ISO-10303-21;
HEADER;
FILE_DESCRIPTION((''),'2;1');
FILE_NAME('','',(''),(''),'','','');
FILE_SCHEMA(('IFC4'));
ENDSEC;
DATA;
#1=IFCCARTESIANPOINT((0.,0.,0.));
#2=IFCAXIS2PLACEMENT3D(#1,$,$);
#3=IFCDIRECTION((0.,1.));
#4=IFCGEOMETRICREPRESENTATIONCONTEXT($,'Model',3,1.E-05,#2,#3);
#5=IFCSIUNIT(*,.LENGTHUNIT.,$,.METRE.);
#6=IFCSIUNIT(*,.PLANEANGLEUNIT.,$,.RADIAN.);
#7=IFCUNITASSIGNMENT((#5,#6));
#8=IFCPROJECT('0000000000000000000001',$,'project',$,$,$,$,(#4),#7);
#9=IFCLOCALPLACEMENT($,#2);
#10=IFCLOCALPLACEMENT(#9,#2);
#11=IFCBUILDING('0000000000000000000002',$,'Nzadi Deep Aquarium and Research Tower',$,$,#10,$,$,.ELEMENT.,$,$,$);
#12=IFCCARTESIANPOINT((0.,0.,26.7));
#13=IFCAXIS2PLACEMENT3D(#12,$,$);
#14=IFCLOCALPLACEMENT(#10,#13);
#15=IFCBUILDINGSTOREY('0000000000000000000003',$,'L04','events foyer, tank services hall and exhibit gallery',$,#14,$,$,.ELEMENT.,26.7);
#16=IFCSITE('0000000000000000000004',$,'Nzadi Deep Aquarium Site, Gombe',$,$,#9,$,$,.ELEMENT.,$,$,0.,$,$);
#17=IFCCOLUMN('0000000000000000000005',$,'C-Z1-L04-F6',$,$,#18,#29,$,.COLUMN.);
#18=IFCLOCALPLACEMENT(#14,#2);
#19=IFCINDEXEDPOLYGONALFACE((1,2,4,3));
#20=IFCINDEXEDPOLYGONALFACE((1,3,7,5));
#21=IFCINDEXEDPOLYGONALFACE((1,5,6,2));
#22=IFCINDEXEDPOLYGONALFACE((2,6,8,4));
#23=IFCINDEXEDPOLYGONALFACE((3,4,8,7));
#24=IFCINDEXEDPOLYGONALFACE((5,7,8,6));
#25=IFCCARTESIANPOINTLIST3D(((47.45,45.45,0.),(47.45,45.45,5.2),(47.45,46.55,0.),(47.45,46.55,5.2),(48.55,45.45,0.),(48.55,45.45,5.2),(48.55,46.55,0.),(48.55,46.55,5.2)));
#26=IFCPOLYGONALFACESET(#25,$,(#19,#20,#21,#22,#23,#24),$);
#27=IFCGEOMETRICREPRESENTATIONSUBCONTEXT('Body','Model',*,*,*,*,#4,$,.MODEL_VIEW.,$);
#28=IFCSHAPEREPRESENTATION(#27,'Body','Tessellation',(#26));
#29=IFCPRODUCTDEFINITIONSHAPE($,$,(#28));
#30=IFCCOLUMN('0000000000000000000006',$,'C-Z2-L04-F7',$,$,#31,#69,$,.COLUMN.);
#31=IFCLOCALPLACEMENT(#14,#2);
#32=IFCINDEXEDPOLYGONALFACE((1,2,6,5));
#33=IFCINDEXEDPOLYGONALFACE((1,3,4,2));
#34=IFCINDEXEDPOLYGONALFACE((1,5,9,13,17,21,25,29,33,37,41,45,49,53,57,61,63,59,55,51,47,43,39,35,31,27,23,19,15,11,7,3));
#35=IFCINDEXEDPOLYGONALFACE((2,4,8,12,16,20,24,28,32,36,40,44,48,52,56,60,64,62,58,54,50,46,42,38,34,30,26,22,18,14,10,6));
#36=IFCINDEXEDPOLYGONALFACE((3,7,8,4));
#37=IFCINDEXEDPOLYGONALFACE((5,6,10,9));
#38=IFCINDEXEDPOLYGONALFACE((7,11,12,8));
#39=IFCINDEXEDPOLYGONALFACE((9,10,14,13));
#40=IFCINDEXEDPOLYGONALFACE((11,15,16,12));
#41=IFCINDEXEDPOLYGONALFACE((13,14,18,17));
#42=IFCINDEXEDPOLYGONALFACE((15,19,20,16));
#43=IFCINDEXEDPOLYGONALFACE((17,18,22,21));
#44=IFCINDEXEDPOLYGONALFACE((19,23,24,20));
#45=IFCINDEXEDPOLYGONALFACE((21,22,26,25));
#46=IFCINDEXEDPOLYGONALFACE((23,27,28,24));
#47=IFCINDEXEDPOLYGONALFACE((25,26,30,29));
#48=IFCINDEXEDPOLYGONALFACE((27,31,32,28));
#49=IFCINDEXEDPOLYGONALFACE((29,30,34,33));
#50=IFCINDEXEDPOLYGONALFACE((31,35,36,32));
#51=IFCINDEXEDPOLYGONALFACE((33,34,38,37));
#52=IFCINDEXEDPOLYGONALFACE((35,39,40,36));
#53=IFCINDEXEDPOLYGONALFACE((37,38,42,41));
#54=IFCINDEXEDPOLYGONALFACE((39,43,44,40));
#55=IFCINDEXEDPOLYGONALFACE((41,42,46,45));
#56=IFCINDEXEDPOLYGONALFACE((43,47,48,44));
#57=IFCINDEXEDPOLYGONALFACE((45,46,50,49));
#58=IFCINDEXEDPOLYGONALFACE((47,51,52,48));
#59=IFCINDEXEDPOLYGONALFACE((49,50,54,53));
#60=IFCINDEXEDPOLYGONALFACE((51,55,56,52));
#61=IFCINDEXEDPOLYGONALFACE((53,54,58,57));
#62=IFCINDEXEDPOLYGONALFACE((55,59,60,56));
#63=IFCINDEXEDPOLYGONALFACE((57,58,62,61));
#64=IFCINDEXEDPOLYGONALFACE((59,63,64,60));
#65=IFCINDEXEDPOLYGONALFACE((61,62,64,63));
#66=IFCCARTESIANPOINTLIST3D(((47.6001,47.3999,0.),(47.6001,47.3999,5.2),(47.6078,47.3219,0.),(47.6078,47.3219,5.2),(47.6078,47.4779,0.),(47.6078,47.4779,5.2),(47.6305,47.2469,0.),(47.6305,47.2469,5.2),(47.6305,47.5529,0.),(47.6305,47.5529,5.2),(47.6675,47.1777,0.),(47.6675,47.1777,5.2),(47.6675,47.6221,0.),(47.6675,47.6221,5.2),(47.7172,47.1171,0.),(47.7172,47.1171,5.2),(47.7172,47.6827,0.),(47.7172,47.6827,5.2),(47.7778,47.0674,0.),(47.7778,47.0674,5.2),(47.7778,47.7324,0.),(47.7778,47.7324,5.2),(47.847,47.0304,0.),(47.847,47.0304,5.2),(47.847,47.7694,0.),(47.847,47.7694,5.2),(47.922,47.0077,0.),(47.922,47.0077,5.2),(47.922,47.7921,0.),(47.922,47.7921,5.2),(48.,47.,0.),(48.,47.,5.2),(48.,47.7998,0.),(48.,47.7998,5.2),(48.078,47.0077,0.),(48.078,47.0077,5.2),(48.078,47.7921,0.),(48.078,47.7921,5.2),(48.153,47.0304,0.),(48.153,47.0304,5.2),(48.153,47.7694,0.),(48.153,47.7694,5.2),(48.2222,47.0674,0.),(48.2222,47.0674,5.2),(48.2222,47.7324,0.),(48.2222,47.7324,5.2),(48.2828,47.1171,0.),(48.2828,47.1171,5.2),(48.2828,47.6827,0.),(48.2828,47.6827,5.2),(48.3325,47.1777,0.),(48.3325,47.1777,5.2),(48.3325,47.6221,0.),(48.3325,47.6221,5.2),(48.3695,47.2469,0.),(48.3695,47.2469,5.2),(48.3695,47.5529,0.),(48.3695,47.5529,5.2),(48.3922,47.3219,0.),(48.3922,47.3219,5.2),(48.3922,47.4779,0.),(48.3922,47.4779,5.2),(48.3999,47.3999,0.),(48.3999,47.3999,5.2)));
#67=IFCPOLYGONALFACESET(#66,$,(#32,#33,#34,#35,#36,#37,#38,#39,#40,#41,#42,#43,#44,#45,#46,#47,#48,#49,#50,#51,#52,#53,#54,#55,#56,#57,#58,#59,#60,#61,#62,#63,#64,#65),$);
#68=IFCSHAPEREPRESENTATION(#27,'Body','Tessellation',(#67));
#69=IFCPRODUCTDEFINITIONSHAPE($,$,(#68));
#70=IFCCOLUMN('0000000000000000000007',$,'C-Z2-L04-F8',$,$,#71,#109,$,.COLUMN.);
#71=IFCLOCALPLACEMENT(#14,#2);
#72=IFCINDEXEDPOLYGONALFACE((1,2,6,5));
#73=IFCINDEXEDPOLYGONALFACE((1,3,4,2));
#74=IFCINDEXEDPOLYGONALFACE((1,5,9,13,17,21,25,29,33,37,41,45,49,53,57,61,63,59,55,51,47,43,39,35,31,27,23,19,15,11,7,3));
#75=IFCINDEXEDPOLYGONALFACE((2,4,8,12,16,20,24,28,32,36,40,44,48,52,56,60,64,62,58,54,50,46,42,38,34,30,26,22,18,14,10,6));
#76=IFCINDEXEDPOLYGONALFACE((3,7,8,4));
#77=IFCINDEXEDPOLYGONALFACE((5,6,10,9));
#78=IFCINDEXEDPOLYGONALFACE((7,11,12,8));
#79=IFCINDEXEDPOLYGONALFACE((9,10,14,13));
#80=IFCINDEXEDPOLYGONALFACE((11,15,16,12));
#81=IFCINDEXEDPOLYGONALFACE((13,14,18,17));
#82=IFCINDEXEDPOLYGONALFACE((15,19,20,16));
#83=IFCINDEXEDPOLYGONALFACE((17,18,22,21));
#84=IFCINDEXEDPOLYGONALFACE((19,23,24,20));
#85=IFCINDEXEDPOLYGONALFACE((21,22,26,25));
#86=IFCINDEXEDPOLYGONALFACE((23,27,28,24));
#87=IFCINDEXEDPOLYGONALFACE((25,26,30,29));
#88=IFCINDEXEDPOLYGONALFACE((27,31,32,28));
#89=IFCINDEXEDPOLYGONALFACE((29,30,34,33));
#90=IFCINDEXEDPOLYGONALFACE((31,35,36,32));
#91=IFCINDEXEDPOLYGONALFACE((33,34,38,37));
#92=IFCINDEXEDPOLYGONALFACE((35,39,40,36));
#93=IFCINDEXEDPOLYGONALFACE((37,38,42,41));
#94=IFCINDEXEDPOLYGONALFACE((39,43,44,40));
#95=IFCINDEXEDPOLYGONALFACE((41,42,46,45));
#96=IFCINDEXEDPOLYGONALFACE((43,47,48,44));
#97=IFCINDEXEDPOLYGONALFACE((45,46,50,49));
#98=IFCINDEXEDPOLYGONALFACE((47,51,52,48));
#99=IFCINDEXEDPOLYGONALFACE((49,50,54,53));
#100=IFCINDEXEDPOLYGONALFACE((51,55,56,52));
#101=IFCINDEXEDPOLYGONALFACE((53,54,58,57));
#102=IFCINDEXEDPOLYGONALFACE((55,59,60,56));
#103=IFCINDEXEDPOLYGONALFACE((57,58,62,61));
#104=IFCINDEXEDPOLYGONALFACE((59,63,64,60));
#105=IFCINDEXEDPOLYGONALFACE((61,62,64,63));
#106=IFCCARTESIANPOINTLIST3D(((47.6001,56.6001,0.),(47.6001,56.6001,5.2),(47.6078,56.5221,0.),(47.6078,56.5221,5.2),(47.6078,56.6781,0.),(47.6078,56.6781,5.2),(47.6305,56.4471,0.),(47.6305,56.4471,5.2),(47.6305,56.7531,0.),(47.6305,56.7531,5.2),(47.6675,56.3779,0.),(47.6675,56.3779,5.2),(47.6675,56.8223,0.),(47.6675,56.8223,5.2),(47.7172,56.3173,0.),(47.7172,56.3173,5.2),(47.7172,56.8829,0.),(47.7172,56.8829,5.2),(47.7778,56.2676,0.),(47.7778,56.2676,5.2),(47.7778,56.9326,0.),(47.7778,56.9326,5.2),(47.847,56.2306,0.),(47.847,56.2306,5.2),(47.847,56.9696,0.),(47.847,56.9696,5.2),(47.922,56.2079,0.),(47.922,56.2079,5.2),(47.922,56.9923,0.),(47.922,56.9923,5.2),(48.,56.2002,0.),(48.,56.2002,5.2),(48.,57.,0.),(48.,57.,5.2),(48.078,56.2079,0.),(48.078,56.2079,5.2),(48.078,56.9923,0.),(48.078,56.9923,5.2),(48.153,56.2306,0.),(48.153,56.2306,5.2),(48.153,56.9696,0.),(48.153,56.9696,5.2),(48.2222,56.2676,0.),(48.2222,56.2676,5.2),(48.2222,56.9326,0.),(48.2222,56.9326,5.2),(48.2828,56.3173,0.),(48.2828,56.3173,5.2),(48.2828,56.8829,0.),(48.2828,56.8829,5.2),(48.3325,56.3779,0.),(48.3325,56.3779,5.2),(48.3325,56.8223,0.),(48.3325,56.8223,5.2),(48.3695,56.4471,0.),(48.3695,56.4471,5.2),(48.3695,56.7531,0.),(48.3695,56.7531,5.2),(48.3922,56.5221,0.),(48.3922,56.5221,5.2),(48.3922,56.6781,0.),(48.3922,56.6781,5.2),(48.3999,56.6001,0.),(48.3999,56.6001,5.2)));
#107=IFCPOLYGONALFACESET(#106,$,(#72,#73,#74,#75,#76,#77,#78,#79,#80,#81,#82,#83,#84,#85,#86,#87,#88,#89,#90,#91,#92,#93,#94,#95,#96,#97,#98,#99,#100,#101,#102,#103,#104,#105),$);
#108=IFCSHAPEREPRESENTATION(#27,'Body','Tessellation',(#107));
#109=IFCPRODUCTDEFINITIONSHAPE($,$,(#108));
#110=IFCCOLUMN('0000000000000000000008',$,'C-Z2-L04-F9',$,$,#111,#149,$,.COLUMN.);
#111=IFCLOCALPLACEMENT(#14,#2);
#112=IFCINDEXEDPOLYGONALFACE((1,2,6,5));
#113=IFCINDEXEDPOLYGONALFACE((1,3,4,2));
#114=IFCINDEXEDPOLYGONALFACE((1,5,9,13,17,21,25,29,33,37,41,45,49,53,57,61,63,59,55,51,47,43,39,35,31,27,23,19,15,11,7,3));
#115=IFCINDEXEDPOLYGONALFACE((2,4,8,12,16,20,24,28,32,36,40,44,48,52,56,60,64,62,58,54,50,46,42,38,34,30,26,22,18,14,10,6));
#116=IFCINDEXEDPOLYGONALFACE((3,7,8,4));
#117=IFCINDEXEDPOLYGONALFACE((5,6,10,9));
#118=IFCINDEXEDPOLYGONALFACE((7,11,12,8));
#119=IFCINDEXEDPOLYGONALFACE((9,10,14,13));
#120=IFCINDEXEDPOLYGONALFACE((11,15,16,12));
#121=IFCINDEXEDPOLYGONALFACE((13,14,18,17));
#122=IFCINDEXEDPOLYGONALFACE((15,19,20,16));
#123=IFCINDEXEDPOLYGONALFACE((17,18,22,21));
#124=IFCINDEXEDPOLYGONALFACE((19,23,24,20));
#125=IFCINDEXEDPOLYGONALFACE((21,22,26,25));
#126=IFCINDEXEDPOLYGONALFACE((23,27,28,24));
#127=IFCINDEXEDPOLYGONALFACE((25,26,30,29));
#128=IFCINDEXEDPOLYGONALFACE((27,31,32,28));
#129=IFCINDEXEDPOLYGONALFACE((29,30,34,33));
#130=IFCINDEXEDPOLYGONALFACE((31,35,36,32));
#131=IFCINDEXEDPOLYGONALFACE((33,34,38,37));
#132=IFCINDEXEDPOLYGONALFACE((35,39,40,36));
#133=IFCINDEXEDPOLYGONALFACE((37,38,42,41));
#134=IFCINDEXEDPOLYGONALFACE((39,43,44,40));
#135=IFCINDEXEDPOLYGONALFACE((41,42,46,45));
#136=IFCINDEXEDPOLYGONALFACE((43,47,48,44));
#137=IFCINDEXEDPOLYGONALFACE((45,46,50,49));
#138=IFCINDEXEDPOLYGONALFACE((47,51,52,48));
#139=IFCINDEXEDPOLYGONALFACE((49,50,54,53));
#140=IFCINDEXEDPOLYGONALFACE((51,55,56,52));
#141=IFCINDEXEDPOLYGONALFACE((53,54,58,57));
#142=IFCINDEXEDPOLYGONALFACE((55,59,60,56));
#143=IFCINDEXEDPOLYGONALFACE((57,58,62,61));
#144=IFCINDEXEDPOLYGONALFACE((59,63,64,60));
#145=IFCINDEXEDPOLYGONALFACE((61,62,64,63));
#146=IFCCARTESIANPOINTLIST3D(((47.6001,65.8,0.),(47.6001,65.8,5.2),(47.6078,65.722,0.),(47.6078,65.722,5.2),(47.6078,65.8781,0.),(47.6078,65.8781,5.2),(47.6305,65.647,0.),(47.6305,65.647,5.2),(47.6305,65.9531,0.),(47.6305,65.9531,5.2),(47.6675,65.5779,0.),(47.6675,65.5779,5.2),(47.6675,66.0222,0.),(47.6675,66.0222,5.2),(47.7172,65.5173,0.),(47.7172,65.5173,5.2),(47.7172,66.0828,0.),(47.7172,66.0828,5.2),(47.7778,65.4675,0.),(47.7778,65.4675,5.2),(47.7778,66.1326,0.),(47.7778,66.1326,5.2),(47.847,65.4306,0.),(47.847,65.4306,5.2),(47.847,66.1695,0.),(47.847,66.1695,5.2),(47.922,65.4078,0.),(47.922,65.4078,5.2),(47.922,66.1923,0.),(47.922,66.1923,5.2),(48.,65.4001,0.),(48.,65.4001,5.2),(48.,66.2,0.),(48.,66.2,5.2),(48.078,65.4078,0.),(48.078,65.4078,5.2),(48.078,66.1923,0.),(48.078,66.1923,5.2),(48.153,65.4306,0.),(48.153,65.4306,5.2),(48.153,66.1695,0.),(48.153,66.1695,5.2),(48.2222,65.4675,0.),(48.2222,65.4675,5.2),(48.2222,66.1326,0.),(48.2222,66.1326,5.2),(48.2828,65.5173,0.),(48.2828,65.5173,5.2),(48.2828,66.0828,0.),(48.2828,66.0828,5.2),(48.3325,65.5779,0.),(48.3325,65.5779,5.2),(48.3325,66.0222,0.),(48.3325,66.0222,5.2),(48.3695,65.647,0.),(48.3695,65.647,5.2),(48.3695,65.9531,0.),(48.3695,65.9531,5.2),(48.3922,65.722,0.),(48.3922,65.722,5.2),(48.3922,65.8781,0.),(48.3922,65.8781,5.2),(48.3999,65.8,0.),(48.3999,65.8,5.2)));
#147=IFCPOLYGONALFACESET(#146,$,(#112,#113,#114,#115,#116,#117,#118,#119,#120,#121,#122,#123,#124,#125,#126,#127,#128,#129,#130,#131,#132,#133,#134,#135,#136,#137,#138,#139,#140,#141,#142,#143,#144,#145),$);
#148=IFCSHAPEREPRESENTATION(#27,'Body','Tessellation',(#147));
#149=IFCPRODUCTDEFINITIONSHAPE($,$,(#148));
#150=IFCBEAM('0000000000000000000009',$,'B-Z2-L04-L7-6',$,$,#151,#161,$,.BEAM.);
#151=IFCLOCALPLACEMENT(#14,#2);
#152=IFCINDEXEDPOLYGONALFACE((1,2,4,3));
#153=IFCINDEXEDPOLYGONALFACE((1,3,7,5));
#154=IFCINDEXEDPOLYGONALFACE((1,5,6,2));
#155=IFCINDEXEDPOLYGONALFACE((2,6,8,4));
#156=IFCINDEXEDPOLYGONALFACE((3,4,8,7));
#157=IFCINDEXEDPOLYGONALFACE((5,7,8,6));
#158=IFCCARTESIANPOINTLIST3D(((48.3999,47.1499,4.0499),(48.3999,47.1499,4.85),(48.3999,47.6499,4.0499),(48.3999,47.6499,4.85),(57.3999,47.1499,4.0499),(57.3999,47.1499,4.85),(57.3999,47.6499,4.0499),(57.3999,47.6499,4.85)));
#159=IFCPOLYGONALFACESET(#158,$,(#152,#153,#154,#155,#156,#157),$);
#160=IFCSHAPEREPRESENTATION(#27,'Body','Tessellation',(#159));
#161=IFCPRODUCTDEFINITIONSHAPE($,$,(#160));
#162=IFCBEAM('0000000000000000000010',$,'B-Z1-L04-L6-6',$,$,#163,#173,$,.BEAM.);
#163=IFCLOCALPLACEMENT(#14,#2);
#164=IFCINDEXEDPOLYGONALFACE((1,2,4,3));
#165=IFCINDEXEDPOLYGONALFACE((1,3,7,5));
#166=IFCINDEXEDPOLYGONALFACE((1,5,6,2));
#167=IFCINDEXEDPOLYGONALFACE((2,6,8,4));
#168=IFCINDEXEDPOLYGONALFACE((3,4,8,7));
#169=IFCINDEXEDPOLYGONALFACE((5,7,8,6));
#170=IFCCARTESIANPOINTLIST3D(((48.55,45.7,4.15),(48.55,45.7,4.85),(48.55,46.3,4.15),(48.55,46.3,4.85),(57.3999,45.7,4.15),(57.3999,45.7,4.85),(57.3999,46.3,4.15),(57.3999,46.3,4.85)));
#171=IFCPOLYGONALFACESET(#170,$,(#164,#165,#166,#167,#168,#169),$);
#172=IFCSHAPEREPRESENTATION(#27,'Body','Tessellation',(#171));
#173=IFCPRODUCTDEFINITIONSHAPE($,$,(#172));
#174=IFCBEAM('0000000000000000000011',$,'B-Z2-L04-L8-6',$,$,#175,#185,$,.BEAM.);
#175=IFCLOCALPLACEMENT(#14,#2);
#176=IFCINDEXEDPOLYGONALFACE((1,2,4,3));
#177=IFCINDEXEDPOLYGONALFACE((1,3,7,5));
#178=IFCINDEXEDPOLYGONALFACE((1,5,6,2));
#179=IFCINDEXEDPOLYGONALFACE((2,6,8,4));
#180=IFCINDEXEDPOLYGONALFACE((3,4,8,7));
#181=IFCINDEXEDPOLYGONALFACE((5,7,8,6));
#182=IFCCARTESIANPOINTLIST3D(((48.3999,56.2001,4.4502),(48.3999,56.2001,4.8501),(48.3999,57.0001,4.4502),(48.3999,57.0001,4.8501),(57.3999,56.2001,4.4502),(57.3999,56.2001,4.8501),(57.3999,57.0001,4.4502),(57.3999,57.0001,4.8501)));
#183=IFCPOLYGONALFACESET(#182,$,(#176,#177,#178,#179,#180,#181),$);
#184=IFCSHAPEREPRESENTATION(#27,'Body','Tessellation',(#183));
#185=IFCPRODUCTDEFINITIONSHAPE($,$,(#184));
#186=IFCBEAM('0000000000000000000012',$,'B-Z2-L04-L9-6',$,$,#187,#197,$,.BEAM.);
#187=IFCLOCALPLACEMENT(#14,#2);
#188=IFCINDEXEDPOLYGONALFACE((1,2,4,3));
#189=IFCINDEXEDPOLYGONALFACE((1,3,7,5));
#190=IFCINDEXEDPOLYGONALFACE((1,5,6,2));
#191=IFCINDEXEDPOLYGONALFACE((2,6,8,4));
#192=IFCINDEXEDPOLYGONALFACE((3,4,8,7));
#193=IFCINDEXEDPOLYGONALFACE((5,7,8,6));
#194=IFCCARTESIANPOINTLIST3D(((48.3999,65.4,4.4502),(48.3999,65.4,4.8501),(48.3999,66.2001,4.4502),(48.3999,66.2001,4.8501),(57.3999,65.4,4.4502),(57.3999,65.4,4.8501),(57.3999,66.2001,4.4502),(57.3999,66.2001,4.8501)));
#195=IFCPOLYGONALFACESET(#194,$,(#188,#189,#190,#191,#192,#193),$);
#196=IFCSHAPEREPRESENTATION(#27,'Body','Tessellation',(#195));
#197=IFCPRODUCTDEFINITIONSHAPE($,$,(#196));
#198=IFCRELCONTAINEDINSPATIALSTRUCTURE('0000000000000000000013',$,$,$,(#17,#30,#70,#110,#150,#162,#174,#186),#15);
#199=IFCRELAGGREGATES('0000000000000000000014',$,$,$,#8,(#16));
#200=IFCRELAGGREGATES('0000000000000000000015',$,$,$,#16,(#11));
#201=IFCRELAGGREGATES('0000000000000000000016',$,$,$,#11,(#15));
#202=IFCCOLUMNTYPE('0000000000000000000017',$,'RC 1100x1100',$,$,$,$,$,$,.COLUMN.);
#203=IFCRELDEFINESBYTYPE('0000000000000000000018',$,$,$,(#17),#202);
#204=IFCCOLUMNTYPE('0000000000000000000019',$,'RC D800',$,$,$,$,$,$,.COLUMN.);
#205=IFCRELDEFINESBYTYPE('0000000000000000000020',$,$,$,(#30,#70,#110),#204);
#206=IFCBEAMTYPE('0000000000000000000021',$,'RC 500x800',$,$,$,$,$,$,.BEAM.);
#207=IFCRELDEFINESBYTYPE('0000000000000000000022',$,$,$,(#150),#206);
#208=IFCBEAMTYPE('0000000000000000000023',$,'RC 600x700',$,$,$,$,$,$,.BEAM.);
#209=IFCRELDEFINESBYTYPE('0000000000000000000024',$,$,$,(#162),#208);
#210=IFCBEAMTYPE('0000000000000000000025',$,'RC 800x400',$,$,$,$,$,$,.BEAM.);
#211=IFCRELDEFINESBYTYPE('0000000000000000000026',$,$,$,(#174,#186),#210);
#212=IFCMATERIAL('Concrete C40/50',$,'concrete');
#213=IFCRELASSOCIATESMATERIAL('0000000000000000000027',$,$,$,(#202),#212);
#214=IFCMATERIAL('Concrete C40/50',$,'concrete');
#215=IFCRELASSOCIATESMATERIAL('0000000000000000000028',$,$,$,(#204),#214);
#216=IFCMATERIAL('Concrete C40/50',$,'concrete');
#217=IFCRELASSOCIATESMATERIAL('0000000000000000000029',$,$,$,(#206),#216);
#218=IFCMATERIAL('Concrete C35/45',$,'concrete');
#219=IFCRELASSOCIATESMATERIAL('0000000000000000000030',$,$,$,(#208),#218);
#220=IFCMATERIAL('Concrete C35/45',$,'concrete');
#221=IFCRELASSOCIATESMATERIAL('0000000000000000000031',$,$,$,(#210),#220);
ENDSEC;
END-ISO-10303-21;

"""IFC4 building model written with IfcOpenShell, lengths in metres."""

from ifc_helpers import new_model, si_unit, direction, frame, origin, origin_2d, place, context, subcontext, project, spatial, rectangle, circle, extrude, material, material_profile, profile_set, type_object, element, save


model = new_model("IFC4")

# Units and contexts
model_context = context("Model", 3, precision=1e-05, world=origin(), true_north=direction((0.0, 1.0)))
body_context = subcontext(model_context, "Body", "Model", "MODEL_VIEW")
ifc_project = project(units=[si_unit("LENGTHUNIT", "METRE"), si_unit("PLANEANGLEUNIT", "RADIAN")], contexts=[model_context])

# Site, building, storey
site_placement = place(None, origin())
site = spatial("IfcSite", under=ifc_project, at=site_placement, Name="Nzadi Deep Aquarium Site, Gombe", CompositionType="ELEMENT", RefElevation=0.0)
building_placement = place(site_placement, origin())
building = spatial("IfcBuilding", under=site, at=building_placement, Name="Nzadi Deep Aquarium and Research Tower", CompositionType="ELEMENT")
storey_placement = place(building_placement, frame((0.0, 0.0, 26.7)))
storey = spatial("IfcBuildingStorey", under=building, at=storey_placement, Name="L04", Description="events foyer, tank services hall and exhibit gallery", CompositionType="ELEMENT", Elevation=26.7)

# Columns
ifc_material_1 = material(Name="Concrete C40/50", Category="concrete")
ifc_material_profile_1 = material_profile(ifc_material_1, rectangle(XDim=1.1001, YDim=1.1001, at=origin_2d()))
ifc_profile_set_1 = profile_set([ifc_material_profile_1], Name="Concrete C40/50")
column_type_1 = type_object("IfcColumnType", Name="RC 1100x1100", PredefinedType="COLUMN", material=ifc_profile_set_1)
column_placement = place(storey_placement, frame((48.0, 46.0, 0.0), z_axis=(0.0, 0.0, 1.0), x_axis=(1.0, 0.0, 0.0)))
element("IfcColumn", 1, at=column_placement, inside=storey, type_object=column_type_1, Name="C-Z1-L04-F6", PredefinedType="COLUMN", context=body_context, shape_type="SweptSolid", body=[
    extrude(rectangle(XDim=1.1001, YDim=1.1001, at=origin_2d()), origin(), (0.0, 0.0, 1.0), 5.2),
])
ifc_material_2 = material(Name="Concrete C40/50", Category="concrete")
ifc_material_profile_2 = material_profile(ifc_material_2, circle(Radius=0.3999, at=origin_2d()))
ifc_profile_set_2 = profile_set([ifc_material_profile_2], Name="Concrete C40/50")
column_type_2 = type_object("IfcColumnType", Name="RC D800", PredefinedType="COLUMN", material=ifc_profile_set_2)
for number, where, z_axis, x_axis, name in (
    (2, (48.0, 47.3999, 0.0), (0.0, 0.0, 1.0), (1.0, 0.0, 0.0), "C-Z2-L04-F7"),
    (3, (48.0, 56.6001, 0.0), (0.0, 0.0, 1.0), (1.0, 0.0, 0.0), "C-Z2-L04-F8"),
    (4, (48.0, 65.8, 0.0), (0.0, 0.0, 1.0), (1.0, 0.0, 0.0), "C-Z2-L04-F9"),
):
    element("IfcColumn", number, at=place(storey_placement, frame(where, z_axis=z_axis, x_axis=x_axis)), inside=storey, type_object=column_type_2, Name=name, PredefinedType="COLUMN", context=body_context, shape_type="SweptSolid", body=[
        extrude(circle(Radius=0.3999, at=origin_2d()), origin(), (0.0, 0.0, 1.0), 5.2),
    ])

# Beams
ifc_material_3 = material(Name="Concrete C40/50", Category="concrete")
ifc_material_profile_3 = material_profile(ifc_material_3, rectangle(XDim=0.5, YDim=0.8, at=origin_2d()))
ifc_profile_set_3 = profile_set([ifc_material_profile_3], Name="Concrete C40/50")
beam_type_1 = type_object("IfcBeamType", Name="RC 500x800", PredefinedType="BEAM", material=ifc_profile_set_3)
beam_1_placement = place(storey_placement, frame((48.3999, 47.3999, 4.45), z_axis=(1.0, 0.0, 0.0), x_axis=(0.0, 1.0, 0.0)))
element("IfcBeam", 5, at=beam_1_placement, inside=storey, type_object=beam_type_1, Name="B-Z2-L04-L7-6", PredefinedType="BEAM", context=body_context, shape_type="SweptSolid", body=[
    extrude(rectangle(XDim=0.5, YDim=0.8, at=origin_2d()), origin(), (0.0, 0.0, 1.0), 9.0),
])
ifc_material_4 = material(Name="Concrete C35/45", Category="concrete")
ifc_material_profile_4 = material_profile(ifc_material_4, rectangle(XDim=0.6001, YDim=0.7, at=origin_2d()))
ifc_profile_set_4 = profile_set([ifc_material_profile_4], Name="Concrete C35/45")
beam_type_2 = type_object("IfcBeamType", Name="RC 600x700", PredefinedType="BEAM", material=ifc_profile_set_4)
beam_2_placement = place(storey_placement, frame((48.55, 46.0, 4.5), z_axis=(1.0, 0.0, 0.0), x_axis=(0.0, 1.0, 0.0)))
element("IfcBeam", 6, at=beam_2_placement, inside=storey, type_object=beam_type_2, Name="B-Z1-L04-L6-6", PredefinedType="BEAM", context=body_context, shape_type="SweptSolid", body=[
    extrude(rectangle(XDim=0.6001, YDim=0.7, at=origin_2d()), origin(), (0.0, 0.0, 1.0), 8.8499),
])
ifc_material_5 = material(Name="Concrete C35/45", Category="concrete")
ifc_material_profile_5 = material_profile(ifc_material_5, rectangle(XDim=0.8, YDim=0.3999, at=origin_2d()))
ifc_profile_set_5 = profile_set([ifc_material_profile_5], Name="Concrete C35/45")
beam_type_3 = type_object("IfcBeamType", Name="RC 800x400", PredefinedType="BEAM", material=ifc_profile_set_5)
for number, where, z_axis, x_axis, name in (
    (7, (48.3999, 56.6001, 4.6501), (1.0, 0.0, 0.0), (0.0, 1.0, 0.0), "B-Z2-L04-L8-6"),
    (8, (48.3999, 65.8, 4.6501), (1.0, 0.0, 0.0), (0.0, 1.0, 0.0), "B-Z2-L04-L9-6"),
):
    element("IfcBeam", number, at=place(storey_placement, frame(where, z_axis=z_axis, x_axis=x_axis)), inside=storey, type_object=beam_type_3, Name=name, PredefinedType="BEAM", context=body_context, shape_type="SweptSolid", body=[
        extrude(rectangle(XDim=0.8, YDim=0.3999, at=origin_2d()), origin(), (0.0, 0.0, 1.0), 9.0),
    ])

save(model, "model.ifc")
